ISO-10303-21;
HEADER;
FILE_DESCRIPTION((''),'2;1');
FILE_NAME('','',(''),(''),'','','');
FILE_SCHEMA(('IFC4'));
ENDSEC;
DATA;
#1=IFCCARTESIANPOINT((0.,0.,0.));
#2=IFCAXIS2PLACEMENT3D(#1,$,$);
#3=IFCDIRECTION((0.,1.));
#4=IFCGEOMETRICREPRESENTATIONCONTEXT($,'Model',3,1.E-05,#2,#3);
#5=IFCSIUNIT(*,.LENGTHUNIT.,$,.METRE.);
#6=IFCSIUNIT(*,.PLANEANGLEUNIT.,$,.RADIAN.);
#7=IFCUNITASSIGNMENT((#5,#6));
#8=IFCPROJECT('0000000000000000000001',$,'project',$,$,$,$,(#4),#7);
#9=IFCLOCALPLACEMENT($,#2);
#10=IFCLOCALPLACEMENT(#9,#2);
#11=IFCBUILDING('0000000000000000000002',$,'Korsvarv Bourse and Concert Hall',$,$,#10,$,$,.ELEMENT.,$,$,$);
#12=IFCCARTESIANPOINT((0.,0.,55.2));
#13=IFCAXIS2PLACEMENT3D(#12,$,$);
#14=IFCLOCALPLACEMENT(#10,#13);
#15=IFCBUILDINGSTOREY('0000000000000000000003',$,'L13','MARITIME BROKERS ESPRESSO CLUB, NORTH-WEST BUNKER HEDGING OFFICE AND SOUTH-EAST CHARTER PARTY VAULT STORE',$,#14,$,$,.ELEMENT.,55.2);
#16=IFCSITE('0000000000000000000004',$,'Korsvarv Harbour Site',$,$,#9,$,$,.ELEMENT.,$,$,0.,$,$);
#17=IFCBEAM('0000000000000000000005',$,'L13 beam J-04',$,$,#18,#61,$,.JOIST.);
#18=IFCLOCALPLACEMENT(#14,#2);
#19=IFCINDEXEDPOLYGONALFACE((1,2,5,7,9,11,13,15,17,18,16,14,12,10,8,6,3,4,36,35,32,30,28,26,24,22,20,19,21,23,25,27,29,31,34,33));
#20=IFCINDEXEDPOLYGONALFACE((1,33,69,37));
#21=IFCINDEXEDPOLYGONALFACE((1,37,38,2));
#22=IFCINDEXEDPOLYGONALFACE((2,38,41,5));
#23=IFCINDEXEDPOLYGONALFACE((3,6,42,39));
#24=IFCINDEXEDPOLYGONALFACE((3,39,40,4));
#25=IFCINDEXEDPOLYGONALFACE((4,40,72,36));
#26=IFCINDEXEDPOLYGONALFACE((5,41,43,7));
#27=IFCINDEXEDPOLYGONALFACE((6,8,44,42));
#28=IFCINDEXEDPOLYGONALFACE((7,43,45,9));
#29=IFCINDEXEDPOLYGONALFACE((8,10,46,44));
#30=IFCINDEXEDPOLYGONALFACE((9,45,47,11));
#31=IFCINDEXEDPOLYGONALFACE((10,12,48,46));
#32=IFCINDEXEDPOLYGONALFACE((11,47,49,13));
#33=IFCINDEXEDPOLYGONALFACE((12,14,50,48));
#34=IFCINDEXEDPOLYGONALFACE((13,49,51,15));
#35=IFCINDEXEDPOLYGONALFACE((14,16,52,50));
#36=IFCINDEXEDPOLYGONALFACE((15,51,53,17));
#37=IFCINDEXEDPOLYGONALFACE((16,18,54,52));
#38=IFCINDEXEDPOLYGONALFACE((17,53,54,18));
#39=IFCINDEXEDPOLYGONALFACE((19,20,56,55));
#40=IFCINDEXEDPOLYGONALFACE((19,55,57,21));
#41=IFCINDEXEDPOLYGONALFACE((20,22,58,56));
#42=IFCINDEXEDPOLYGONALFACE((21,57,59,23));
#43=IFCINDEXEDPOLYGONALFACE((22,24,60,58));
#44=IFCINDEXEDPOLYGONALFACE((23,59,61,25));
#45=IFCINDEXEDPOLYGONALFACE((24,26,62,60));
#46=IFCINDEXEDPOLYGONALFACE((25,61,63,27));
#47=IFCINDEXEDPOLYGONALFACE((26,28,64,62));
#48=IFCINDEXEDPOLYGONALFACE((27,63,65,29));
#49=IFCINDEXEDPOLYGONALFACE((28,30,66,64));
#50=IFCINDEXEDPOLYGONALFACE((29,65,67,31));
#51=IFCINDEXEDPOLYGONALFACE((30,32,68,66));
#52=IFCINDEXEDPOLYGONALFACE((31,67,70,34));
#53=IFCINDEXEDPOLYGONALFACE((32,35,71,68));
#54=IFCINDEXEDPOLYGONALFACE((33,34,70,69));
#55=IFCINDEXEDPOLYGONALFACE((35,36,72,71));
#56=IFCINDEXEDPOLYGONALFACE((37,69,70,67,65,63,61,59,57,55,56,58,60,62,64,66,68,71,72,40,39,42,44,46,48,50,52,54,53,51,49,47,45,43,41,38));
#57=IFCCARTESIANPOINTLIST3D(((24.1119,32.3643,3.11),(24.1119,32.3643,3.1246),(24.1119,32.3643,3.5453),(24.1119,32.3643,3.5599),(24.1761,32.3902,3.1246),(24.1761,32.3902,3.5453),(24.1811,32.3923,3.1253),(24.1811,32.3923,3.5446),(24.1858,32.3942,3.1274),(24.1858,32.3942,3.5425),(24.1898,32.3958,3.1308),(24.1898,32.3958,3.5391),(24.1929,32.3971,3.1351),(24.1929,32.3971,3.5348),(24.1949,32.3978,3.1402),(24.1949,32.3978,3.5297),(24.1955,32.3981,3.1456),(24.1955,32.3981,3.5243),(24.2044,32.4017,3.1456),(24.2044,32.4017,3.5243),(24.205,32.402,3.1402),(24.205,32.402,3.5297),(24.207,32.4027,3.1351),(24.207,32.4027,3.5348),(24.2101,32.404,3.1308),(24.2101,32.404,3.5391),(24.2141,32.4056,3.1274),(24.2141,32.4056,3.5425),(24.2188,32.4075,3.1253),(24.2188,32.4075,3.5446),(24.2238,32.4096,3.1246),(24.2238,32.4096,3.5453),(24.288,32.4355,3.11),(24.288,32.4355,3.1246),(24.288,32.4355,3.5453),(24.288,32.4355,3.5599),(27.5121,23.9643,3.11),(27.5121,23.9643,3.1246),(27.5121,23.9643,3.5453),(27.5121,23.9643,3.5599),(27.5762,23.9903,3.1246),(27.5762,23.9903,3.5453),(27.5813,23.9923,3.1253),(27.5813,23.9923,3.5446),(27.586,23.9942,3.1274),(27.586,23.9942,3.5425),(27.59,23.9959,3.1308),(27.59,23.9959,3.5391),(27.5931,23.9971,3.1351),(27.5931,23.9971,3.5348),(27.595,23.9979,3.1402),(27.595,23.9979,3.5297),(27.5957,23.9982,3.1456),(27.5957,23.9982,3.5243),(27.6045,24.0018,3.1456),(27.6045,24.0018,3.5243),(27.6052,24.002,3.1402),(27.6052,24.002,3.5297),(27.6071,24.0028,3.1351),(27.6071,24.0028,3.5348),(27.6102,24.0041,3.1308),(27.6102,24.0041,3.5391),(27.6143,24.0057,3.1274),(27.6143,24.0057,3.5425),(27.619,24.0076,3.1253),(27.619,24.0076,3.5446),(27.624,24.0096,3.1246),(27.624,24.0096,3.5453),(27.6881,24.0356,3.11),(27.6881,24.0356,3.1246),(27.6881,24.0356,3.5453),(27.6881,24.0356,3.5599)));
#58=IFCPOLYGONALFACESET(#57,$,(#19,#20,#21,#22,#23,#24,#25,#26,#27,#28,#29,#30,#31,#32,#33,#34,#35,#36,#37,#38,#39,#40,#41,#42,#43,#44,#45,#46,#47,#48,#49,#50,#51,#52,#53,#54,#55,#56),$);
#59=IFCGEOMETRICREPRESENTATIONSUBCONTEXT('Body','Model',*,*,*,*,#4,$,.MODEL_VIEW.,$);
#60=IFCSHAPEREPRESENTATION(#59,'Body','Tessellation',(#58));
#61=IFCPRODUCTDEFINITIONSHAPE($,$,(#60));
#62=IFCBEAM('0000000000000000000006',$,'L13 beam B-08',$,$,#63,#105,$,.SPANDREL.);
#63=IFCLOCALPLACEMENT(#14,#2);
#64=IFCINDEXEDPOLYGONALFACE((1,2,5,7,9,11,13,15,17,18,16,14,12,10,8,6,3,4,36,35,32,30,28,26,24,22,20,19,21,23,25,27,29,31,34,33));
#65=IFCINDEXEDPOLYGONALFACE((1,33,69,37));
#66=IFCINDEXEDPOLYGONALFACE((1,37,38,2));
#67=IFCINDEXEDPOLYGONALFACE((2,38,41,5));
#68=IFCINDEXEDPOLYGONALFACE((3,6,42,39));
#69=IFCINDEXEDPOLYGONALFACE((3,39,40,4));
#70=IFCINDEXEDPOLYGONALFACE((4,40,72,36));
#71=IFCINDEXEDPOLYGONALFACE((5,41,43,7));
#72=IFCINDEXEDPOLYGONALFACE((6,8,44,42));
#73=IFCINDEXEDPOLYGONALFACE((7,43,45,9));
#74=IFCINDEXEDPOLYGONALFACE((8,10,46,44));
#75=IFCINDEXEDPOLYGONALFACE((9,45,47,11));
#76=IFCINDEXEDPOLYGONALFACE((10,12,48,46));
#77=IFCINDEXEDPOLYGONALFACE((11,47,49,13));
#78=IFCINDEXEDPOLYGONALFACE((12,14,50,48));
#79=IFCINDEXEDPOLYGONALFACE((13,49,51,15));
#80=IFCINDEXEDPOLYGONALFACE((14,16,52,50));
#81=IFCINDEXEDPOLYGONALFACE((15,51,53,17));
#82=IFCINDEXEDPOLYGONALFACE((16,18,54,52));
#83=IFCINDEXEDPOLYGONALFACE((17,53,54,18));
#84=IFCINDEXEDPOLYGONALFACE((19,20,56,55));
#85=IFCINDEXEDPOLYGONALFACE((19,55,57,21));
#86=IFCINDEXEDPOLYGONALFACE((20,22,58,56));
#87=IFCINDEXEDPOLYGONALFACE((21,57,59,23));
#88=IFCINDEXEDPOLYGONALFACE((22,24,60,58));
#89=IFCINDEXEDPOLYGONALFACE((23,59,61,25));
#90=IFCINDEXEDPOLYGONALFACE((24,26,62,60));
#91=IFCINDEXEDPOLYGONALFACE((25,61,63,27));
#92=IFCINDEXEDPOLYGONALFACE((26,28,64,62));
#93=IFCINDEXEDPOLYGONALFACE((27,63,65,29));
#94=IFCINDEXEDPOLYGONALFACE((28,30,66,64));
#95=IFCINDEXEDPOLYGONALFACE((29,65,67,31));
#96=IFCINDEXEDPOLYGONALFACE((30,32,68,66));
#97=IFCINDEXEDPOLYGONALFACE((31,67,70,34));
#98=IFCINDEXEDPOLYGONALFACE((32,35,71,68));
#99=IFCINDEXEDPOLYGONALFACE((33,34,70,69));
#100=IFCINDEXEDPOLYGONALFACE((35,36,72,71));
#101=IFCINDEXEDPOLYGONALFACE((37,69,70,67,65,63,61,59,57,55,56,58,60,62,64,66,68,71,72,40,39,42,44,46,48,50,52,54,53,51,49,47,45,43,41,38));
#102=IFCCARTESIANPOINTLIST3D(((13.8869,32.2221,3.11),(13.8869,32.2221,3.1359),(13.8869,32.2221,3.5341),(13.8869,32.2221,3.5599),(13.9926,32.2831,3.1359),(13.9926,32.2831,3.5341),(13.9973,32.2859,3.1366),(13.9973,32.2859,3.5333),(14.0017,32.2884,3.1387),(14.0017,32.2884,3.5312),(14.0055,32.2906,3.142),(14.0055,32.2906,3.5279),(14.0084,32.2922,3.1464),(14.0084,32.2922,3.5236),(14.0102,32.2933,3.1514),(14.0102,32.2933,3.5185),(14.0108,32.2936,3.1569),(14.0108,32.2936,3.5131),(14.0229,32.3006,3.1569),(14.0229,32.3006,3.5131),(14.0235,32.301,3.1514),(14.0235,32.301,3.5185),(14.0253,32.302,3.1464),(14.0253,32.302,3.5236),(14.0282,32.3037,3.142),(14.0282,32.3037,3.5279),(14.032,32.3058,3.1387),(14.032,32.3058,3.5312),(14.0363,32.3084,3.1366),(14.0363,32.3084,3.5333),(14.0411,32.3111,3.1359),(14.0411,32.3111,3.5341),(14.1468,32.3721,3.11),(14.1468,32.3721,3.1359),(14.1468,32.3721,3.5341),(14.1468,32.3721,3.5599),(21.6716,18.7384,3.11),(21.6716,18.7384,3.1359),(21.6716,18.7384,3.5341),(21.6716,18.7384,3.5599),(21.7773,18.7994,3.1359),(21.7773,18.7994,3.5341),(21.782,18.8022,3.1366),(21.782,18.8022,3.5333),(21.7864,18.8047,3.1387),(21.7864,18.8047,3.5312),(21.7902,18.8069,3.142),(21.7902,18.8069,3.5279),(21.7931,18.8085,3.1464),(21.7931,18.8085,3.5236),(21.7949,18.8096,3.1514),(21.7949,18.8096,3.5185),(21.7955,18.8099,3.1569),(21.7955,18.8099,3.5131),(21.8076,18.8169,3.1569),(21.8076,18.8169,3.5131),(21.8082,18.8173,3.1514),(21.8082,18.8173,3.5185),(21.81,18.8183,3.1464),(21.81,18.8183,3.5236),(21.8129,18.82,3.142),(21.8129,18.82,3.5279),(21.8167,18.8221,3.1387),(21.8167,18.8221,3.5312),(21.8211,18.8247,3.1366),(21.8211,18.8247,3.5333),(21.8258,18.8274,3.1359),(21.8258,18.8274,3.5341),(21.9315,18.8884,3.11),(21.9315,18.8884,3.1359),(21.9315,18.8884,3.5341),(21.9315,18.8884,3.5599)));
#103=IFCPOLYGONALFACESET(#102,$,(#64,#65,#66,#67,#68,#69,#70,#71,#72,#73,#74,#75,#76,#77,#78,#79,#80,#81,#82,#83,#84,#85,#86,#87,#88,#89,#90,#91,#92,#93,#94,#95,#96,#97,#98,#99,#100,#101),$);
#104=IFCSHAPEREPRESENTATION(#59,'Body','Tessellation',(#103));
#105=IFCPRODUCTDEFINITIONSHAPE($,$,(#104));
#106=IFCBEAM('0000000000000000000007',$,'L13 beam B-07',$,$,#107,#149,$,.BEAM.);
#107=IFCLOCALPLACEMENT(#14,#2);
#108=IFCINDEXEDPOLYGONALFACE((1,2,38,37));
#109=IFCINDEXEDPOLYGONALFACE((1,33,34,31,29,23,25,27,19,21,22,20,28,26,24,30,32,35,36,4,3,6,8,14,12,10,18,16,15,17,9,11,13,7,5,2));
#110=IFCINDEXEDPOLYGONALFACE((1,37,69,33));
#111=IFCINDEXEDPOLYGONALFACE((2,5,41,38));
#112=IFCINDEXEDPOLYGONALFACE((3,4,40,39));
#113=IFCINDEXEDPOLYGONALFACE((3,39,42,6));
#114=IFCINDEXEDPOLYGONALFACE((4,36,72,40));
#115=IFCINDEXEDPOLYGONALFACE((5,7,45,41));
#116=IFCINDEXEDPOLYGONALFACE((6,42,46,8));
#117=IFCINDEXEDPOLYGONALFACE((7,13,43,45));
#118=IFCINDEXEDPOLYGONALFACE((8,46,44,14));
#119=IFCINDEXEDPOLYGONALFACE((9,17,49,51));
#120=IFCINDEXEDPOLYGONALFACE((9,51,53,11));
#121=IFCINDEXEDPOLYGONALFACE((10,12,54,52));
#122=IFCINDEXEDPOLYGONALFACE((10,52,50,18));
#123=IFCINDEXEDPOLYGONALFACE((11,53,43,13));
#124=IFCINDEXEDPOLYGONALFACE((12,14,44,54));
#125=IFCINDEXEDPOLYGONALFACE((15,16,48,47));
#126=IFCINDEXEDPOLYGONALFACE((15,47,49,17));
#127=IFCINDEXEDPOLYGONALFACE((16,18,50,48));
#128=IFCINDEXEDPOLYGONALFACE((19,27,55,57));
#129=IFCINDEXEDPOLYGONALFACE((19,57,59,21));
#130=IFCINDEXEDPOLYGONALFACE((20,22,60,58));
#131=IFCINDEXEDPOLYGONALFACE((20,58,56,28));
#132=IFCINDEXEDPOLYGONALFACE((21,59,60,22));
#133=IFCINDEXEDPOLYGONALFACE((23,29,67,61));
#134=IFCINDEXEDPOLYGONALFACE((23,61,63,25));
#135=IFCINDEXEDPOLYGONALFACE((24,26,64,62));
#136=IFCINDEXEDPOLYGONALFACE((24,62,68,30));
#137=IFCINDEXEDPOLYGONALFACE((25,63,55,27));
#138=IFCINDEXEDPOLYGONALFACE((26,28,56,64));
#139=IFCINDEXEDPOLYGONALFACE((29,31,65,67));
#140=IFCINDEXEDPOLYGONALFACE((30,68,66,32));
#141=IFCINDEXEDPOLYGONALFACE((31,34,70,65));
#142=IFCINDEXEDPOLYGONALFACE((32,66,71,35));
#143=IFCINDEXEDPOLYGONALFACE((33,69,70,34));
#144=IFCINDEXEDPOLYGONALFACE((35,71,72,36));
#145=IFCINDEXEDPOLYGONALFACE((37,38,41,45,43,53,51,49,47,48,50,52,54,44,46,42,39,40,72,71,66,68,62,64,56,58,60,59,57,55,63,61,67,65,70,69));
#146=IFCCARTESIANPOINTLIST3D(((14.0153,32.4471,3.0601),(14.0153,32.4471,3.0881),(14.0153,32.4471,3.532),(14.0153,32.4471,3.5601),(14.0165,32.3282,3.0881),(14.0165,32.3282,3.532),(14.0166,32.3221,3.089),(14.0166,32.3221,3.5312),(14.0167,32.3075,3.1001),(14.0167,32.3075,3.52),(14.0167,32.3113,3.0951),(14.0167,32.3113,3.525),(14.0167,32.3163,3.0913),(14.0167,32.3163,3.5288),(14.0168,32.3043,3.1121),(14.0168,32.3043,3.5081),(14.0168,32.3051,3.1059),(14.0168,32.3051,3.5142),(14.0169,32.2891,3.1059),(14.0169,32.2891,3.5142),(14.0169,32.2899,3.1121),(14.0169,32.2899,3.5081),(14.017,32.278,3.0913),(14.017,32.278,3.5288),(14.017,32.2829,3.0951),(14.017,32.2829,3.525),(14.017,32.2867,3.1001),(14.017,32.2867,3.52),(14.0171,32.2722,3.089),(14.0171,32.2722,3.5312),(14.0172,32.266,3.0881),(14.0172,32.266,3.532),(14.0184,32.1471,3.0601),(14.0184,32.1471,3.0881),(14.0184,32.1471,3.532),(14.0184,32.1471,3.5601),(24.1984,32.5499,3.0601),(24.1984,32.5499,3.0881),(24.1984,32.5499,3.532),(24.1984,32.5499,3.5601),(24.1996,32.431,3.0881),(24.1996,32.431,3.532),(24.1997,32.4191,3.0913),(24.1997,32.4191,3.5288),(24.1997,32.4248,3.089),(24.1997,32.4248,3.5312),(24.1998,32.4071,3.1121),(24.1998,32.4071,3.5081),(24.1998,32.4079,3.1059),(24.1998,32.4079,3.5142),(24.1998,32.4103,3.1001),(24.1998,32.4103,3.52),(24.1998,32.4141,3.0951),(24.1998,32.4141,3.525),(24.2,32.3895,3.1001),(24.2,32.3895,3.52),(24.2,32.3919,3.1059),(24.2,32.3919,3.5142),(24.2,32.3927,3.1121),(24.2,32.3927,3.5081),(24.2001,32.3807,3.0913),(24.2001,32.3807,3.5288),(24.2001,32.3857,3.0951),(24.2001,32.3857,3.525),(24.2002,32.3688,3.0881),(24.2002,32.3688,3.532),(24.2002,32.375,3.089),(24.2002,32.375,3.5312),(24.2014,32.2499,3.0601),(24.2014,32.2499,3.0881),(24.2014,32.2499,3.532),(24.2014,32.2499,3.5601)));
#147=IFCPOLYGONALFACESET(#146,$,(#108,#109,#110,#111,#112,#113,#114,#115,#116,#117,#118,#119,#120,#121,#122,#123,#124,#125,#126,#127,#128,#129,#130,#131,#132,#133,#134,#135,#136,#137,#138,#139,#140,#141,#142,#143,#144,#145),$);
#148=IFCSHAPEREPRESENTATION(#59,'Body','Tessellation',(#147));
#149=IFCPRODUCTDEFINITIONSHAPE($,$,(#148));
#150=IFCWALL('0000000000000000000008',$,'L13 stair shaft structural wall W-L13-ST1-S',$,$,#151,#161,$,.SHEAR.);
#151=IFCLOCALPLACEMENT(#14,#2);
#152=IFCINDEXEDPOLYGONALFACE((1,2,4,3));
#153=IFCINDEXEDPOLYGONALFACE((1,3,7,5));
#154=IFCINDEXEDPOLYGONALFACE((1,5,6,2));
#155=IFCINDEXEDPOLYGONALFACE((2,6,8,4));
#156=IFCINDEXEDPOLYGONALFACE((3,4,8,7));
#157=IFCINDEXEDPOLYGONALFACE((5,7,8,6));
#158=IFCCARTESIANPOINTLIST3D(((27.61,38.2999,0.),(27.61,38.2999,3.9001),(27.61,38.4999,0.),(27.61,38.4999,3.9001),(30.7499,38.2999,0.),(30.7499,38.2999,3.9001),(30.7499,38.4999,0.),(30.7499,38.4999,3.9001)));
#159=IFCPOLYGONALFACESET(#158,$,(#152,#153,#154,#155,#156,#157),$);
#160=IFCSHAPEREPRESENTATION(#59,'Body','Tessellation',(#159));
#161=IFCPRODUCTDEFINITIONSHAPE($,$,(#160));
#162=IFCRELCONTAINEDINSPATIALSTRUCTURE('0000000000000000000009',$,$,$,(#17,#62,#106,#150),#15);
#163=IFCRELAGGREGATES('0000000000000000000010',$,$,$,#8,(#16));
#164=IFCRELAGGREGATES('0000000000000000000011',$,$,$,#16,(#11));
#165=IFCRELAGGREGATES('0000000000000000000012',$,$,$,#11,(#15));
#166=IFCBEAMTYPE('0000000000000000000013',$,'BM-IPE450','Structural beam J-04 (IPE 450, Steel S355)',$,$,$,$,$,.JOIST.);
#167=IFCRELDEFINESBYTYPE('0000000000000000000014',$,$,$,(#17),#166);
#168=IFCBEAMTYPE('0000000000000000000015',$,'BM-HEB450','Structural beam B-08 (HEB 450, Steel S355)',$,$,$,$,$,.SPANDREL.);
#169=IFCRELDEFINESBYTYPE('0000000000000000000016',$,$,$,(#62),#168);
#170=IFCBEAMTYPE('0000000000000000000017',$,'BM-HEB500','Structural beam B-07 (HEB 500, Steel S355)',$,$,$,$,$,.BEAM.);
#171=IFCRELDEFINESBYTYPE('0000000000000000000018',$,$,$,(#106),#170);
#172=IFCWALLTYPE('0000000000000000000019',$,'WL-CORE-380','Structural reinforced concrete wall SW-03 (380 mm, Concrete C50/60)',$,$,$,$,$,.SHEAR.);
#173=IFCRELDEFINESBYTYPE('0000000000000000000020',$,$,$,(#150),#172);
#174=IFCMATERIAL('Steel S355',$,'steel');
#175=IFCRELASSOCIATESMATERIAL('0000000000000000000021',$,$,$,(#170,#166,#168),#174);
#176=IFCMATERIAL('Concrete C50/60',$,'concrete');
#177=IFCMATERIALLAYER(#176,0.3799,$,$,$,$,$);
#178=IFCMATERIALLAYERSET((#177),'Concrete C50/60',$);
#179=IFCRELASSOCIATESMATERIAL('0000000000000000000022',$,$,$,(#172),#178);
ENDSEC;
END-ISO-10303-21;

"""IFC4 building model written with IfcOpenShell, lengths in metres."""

from ifc_helpers import new_model, si_unit, direction, frame, frame_2d, origin, origin_2d, place, context, subcontext, project, spatial, rectangle, i_section, extrude, source, transform, mapped, material, layer, layer_set, material_profile, profile_set, type_object, element, save


model = new_model("IFC4")

# Units and contexts
model_context = context("Model", 3, precision=1e-05, world=origin(), true_north=direction((0.0, 1.0)))
body_context = subcontext(model_context, "Body", "Model", "MODEL_VIEW")
ifc_project = project(units=[si_unit("LENGTHUNIT", "METRE"), si_unit("PLANEANGLEUNIT", "RADIAN")], contexts=[model_context])

# Site, building, storey
site_placement = place(None, origin())
site = spatial("IfcSite", under=ifc_project, at=site_placement, Name="Korsvarv Harbour Site", CompositionType="ELEMENT", RefElevation=0.0)
building_placement = place(site_placement, origin())
building = spatial("IfcBuilding", under=site, at=building_placement, Name="Korsvarv Bourse and Concert Hall", CompositionType="ELEMENT")
storey_placement = place(building_placement, frame((0.0, 0.0, 55.2)))
storey = spatial("IfcBuildingStorey", under=building, at=storey_placement, Name="L13", Description="MARITIME BROKERS ESPRESSO CLUB, NORTH-WEST BUNKER HEDGING OFFICE AND SOUTH-EAST CHARTER PARTY VAULT STORE", CompositionType="ELEMENT", Elevation=55.2)

# Beams
ifc_material_1 = material(Name="Steel S355", Category="steel")
ifc_material_profile_1 = material_profile(ifc_material_1, i_section(OverallWidth=0.3, OverallDepth=0.5, WebThickness=0.0144, FlangeThickness=0.0281, FilletRadius=0.0239, at=origin_2d()), Name="HEB 500")
ifc_profile_set_1 = profile_set([ifc_material_profile_1], Name="Steel S355")
beam_type_1 = type_object("IfcBeamType", Name="BM-HEB500", Description="Structural beam B-07 (HEB 500, Steel S355)", PredefinedType="BEAM", material=ifc_profile_set_1)
ifc_material_profile_2 = material_profile(ifc_material_1, i_section(OverallWidth=0.1899, OverallDepth=0.45, WebThickness=0.0095, FlangeThickness=0.0146, FilletRadius=0.021, at=origin_2d()), Name="IPE 450")
ifc_profile_set_2 = profile_set([ifc_material_profile_2], Name="Steel S355")
beam_type_2 = type_object("IfcBeamType", Name="BM-IPE450", Description="Structural beam J-04 (IPE 450, Steel S355)", PredefinedType="JOIST", material=ifc_profile_set_2)
shared_shape_1 = source(origin(), body_context, "Body", "SweptSolid", [
    extrude(i_section(OverallWidth=0.1899, OverallDepth=0.45, WebThickness=0.0095, FlangeThickness=0.0146, FilletRadius=0.021, at=origin_2d()), origin(), (0.0, 0.0, 1.0), 9.062),
])
beam_1_placement = place(storey_placement, frame((24.2, 32.3999, 3.335), z_axis=(0.37521, -0.92694, 0.0), x_axis=(0.92694, 0.37521, 0.0)))
element("IfcBeam", 1, at=beam_1_placement, inside=storey, type_object=beam_type_2, Name="L13 beam J-04", PredefinedType="JOIST", context=body_context, shape_type="MappedRepresentation", body=[
    mapped(shared_shape_1, transform((0.0, 0.0, 0.0), scale=1.0)),
])
ifc_material_profile_3 = material_profile(ifc_material_1, i_section(OverallWidth=0.3, OverallDepth=0.45, WebThickness=0.0139, FlangeThickness=0.0259, FilletRadius=0.021, at=origin_2d()), Name="HEB 450")
ifc_profile_set_3 = profile_set([ifc_material_profile_3], Name="Steel S355")
beam_type_3 = type_object("IfcBeamType", Name="BM-HEB450", Description="Structural beam B-08 (HEB 450, Steel S355)", PredefinedType="SPANDREL", material=ifc_profile_set_3)
shared_shape_2 = source(origin(), body_context, "Body", "SweptSolid", [
    extrude(i_section(OverallWidth=0.3, OverallDepth=0.45, WebThickness=0.0139, FlangeThickness=0.0259, FilletRadius=0.021, at=origin_2d()), origin(), (0.0, 0.0, 1.0), 15.5696),
])
beam_2_placement = place(storey_placement, frame((14.0168, 32.2971, 3.335), z_axis=(0.499994, -0.866029, 0.0), x_axis=(0.866029, 0.499994, 0.0)))
element("IfcBeam", 2, at=beam_2_placement, inside=storey, type_object=beam_type_3, Name="L13 beam B-08", PredefinedType="SPANDREL", context=body_context, shape_type="MappedRepresentation", body=[
    mapped(shared_shape_2, transform((0.0, 0.0, 0.0), scale=1.0)),
])
shared_shape_3 = source(origin(), body_context, "Body", "SweptSolid", [
    extrude(i_section(OverallWidth=0.3, OverallDepth=0.5, WebThickness=0.0144, FlangeThickness=0.0281, FilletRadius=0.0239, at=origin_2d()), origin(), (0.0, 0.0, 1.0), 10.1836),
])
beam_3_placement = place(storey_placement, frame((14.0168, 32.2971, 3.3101), z_axis=(0.999949, 0.010093, 0.0), x_axis=(-0.010093, 0.999949, 0.0)))
element("IfcBeam", 3, at=beam_3_placement, inside=storey, type_object=beam_type_1, Name="L13 beam B-07", PredefinedType="BEAM", context=body_context, shape_type="MappedRepresentation", body=[
    mapped(shared_shape_3, transform((0.0, 0.0, 0.0), scale=1.0)),
])

# Wall
ifc_material_2 = material(Name="Concrete C50/60", Category="concrete")
ifc_layer_1 = layer(ifc_material_2, 0.3799)
ifc_layer_set_1 = layer_set([ifc_layer_1], Name="Concrete C50/60")
wall_type_1 = type_object("IfcWallType", Name="WL-CORE-380", Description="Structural reinforced concrete wall SW-03 (380 mm, Concrete C50/60)", PredefinedType="SHEAR", material=ifc_layer_set_1)
wall_1_placement = place(storey_placement, frame((27.6101, 38.3999, 0.0), z_axis=(0.0, 0.0, 1.0), x_axis=(1.0, 0.0, 0.0)))
element("IfcWall", 4, at=wall_1_placement, inside=storey, type_object=wall_type_1, Name="L13 stair shaft structural wall W-L13-ST1-S", PredefinedType="SHEAR", context=body_context, shape_type="SweptSolid", body=[
    extrude(rectangle(XDim=3.1399, YDim=0.2, at=frame_2d((1.5698, 0.0))), origin(), (0.0, 0.0, 1.0), 3.9001),
])

save(model, "model.ifc")
